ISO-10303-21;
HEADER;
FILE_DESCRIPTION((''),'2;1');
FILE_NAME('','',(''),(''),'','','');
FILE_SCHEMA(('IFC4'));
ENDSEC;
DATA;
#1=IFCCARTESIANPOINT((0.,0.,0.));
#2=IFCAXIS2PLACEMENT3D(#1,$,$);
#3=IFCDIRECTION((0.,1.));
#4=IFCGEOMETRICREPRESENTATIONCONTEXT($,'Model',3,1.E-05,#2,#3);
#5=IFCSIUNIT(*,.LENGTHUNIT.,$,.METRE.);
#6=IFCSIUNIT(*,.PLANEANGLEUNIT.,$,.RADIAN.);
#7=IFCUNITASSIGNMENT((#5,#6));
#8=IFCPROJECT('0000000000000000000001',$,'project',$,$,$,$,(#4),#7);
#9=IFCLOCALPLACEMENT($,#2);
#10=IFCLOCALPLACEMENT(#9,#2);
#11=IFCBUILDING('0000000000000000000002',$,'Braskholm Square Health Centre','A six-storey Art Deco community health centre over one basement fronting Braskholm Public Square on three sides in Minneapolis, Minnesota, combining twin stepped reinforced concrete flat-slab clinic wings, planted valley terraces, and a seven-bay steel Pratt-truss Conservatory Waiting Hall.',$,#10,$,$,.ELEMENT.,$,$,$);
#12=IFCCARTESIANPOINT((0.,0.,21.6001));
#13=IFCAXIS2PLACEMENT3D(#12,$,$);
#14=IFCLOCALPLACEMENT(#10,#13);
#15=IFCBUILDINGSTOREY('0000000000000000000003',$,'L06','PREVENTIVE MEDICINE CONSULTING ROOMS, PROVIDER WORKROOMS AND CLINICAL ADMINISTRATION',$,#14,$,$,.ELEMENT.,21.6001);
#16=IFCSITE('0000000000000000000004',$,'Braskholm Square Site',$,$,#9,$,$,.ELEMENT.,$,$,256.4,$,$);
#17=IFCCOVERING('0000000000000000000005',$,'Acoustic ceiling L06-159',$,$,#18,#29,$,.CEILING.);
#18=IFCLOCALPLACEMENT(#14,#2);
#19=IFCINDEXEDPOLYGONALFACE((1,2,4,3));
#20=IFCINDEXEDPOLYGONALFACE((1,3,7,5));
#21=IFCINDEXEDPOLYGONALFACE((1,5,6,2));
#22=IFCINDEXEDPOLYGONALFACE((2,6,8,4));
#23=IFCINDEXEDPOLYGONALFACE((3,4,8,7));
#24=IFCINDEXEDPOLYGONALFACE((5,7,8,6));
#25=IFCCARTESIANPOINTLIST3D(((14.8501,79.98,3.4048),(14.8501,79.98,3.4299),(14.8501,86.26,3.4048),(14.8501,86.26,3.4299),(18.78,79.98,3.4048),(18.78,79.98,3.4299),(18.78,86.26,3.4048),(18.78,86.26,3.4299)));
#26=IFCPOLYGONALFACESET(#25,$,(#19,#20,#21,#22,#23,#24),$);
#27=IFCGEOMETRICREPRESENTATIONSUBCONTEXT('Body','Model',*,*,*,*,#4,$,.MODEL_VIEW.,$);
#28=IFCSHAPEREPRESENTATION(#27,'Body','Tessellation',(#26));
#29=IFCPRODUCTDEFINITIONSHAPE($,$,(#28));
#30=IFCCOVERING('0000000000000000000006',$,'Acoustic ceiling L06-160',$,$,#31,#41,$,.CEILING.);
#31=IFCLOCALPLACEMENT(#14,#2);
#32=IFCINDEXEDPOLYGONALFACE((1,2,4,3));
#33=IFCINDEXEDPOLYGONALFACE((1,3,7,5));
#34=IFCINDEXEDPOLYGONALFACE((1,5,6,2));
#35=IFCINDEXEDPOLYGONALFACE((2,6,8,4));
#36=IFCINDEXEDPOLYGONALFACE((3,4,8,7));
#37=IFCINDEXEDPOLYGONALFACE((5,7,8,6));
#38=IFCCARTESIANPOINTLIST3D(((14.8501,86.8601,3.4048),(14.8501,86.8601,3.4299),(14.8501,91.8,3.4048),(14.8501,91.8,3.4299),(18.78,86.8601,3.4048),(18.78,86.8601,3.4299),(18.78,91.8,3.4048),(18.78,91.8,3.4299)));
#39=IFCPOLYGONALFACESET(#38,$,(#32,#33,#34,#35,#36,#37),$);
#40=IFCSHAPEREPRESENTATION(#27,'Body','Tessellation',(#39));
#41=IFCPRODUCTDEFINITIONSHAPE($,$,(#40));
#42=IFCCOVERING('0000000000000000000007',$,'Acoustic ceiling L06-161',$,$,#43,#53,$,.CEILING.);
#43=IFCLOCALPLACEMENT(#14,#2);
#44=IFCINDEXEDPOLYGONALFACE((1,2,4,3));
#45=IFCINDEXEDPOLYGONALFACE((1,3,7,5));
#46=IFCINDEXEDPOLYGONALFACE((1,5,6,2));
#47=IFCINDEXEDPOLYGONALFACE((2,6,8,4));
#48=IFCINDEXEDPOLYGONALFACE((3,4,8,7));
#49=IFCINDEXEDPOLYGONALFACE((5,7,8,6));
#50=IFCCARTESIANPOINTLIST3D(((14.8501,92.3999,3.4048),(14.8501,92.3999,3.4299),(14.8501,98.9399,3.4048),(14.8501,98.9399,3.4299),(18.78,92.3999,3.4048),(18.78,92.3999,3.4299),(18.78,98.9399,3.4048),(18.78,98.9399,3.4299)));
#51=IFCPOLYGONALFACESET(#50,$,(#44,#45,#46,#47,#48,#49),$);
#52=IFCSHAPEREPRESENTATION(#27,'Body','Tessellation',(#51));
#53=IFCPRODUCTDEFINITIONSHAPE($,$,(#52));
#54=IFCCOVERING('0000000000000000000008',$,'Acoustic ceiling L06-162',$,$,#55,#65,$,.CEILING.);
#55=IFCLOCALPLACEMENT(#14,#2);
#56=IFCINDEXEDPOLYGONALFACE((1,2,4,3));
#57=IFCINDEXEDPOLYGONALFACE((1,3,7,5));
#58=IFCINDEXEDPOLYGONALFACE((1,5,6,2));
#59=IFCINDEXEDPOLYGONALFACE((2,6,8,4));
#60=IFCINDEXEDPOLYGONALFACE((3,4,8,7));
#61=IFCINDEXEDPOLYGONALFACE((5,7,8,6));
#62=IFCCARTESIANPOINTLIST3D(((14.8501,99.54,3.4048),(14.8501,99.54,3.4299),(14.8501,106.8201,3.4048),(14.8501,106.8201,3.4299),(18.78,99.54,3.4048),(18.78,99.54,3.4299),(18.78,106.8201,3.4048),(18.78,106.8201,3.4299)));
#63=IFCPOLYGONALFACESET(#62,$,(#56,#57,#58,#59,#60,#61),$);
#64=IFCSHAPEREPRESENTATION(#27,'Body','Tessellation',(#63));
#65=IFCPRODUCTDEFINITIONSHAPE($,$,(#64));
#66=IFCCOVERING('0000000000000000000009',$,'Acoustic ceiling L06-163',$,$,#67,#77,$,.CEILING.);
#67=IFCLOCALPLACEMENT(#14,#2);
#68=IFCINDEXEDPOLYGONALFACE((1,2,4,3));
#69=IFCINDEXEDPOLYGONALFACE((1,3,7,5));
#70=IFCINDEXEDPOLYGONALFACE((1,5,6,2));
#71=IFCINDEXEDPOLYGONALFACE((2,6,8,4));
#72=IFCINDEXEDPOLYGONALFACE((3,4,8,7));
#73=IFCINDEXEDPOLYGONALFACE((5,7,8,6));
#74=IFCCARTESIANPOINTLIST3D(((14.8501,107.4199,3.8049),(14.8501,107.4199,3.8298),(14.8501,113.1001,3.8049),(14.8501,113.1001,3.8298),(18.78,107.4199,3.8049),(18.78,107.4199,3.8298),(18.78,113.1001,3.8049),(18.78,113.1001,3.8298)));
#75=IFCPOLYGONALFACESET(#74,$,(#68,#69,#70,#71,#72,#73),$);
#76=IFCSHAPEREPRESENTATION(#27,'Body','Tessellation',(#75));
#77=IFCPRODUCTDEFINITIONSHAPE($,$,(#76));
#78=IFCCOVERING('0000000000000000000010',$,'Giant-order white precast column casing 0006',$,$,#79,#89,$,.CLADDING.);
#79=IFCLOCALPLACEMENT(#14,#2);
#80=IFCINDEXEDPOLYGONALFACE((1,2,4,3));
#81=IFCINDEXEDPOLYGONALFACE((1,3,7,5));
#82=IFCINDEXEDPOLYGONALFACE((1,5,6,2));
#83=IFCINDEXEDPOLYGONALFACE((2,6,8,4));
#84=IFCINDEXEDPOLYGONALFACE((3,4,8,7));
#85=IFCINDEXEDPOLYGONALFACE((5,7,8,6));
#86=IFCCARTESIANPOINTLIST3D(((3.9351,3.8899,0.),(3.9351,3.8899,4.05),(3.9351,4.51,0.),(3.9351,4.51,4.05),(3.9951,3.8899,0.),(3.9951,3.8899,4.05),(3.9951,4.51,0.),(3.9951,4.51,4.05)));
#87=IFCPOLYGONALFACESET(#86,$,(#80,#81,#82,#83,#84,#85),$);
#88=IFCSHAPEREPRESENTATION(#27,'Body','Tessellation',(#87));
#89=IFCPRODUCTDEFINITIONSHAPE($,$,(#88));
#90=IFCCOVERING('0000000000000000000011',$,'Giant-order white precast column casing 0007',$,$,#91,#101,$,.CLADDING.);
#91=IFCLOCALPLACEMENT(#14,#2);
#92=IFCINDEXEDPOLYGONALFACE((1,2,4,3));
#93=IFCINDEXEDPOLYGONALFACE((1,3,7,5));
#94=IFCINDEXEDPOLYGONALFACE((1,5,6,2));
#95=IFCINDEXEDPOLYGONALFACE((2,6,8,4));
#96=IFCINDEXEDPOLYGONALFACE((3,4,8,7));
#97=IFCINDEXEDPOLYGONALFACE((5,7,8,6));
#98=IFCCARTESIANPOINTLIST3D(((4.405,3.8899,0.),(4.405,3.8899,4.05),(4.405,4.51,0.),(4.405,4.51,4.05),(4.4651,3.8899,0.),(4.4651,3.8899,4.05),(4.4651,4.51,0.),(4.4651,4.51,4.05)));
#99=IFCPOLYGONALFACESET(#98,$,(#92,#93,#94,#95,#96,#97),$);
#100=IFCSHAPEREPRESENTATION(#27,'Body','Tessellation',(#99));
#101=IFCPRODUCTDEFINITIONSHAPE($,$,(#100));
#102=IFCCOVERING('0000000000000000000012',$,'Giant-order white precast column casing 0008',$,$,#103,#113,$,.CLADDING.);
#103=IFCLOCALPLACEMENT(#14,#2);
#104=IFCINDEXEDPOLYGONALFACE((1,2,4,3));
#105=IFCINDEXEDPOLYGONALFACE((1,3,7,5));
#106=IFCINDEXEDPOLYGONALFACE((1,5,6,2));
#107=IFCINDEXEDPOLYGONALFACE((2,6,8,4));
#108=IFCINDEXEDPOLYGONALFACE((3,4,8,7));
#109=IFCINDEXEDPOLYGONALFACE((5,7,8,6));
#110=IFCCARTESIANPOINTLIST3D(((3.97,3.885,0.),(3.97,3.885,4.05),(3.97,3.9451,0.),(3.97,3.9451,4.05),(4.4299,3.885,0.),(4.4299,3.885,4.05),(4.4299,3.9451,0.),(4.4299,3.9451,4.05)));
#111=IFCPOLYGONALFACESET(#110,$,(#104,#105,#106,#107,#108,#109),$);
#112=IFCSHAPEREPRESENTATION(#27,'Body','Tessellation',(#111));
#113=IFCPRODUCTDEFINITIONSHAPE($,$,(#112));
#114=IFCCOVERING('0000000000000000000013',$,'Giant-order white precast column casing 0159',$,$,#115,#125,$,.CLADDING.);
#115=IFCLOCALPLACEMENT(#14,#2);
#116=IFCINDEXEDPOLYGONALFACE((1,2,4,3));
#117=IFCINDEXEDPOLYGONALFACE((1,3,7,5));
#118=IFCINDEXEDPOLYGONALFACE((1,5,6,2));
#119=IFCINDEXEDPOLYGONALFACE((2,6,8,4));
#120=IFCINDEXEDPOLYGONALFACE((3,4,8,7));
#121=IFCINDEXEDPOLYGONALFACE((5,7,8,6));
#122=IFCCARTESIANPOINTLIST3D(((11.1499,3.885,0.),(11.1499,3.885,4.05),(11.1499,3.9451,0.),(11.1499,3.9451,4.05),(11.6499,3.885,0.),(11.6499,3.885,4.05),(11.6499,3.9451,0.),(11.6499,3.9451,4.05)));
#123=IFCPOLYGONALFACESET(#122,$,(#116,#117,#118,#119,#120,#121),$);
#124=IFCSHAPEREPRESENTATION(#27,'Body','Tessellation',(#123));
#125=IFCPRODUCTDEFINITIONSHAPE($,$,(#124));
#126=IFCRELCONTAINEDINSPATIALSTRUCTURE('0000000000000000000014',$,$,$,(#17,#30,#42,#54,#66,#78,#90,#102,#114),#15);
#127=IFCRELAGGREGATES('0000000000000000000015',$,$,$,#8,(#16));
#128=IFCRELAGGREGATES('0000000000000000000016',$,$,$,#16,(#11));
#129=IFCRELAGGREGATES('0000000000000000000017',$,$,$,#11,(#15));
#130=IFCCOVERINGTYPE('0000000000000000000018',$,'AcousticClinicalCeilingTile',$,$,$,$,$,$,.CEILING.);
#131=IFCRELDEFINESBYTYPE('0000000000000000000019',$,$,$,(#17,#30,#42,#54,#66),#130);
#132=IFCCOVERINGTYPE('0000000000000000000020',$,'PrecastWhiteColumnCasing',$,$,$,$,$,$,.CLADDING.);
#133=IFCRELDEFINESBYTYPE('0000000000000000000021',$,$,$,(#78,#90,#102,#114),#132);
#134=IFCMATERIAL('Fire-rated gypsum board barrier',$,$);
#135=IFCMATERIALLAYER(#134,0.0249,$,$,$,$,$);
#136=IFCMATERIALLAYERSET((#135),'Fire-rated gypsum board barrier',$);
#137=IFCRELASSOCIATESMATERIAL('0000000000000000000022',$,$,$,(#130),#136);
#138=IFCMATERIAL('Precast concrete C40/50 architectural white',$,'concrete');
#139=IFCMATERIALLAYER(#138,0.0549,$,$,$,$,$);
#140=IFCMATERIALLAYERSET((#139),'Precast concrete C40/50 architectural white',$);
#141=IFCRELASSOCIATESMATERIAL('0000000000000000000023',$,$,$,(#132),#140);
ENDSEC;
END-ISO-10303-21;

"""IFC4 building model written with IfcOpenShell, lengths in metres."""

from ifc_helpers import new_model, si_unit, direction, frame, origin, origin_2d, place, context, subcontext, project, spatial, polyline, rectangle, outline, extrude, material, layer, layer_set, type_object, element, save


model = new_model("IFC4")

# Units and contexts
model_context = context("Model", 3, precision=1e-05, world=origin(), true_north=direction((0.0, 1.0)))
body_context = subcontext(model_context, "Body", "Model", "MODEL_VIEW")
ifc_project = project(units=[si_unit("LENGTHUNIT", "METRE"), si_unit("PLANEANGLEUNIT", "RADIAN")], contexts=[model_context])

# Site, building, storey
site_placement = place(None, origin())
site = spatial("IfcSite", under=ifc_project, at=site_placement, Name="Braskholm Square Site", CompositionType="ELEMENT", RefElevation=256.4)
building_placement = place(site_placement, origin())
building = spatial("IfcBuilding", under=site, at=building_placement, Name="Braskholm Square Health Centre", Description="A six-storey Art Deco community health centre over one basement fronting Braskholm Public Square on three sides in Minneapolis, Minnesota, combining twin stepped reinforced concrete flat-slab clinic wings, planted valley terraces, and a seven-bay steel Pratt-truss Conservatory Waiting Hall.", CompositionType="ELEMENT")
storey_placement = place(building_placement, frame((0.0, 0.0, 21.6001)))
storey = spatial("IfcBuildingStorey", under=building, at=storey_placement, Name="L06", Description="PREVENTIVE MEDICINE CONSULTING ROOMS, PROVIDER WORKROOMS AND CLINICAL ADMINISTRATION", CompositionType="ELEMENT", Elevation=21.6001)

# Shared definitions
ifc_material_1 = material(Name="Precast concrete C40/50 architectural white", Category="concrete")

# Coverings
ifc_material_2 = material(Name="Fire-rated gypsum board barrier")
ifc_layer_1 = layer(ifc_material_2, 0.0249)
ifc_layer_set_1 = layer_set([ifc_layer_1], Name="Fire-rated gypsum board barrier")
covering_type_1 = type_object("IfcCoveringType", Name="AcousticClinicalCeilingTile", PredefinedType="CEILING", material=ifc_layer_set_1)
covering_1_placement = place(storey_placement, frame((0.0, 0.0, 3.4048)))
element("IfcCovering", 1, at=covering_1_placement, inside=storey, type_object=covering_type_1, Name="Acoustic ceiling L06-159", PredefinedType="CEILING", context=body_context, shape_type="SweptSolid", body=[
    extrude(outline(polyline([(14.8501, 79.98), (18.78, 79.98), (18.78, 86.26), (14.8501, 86.26), (14.8501, 79.98)])), origin(), (0.0, 0.0, 1.0), 0.0251),
])
covering_2_placement = place(storey_placement, frame((0.0, 0.0, 3.4048)))
element("IfcCovering", 2, at=covering_2_placement, inside=storey, type_object=covering_type_1, Name="Acoustic ceiling L06-160", PredefinedType="CEILING", context=body_context, shape_type="SweptSolid", body=[
    extrude(outline(polyline([(14.8501, 86.8601), (18.78, 86.8601), (18.78, 91.8), (14.8501, 91.8), (14.8501, 86.8601)])), origin(), (0.0, 0.0, 1.0), 0.0251),
])
covering_3_placement = place(storey_placement, frame((0.0, 0.0, 3.4048)))
element("IfcCovering", 3, at=covering_3_placement, inside=storey, type_object=covering_type_1, Name="Acoustic ceiling L06-161", PredefinedType="CEILING", context=body_context, shape_type="SweptSolid", body=[
    extrude(outline(polyline([(14.8501, 92.3999), (18.78, 92.3999), (18.78, 98.9399), (14.8501, 98.9399), (14.8501, 92.3999)])), origin(), (0.0, 0.0, 1.0), 0.0251),
])
covering_4_placement = place(storey_placement, frame((0.0, 0.0, 3.4048)))
element("IfcCovering", 4, at=covering_4_placement, inside=storey, type_object=covering_type_1, Name="Acoustic ceiling L06-162", PredefinedType="CEILING", context=body_context, shape_type="SweptSolid", body=[
    extrude(outline(polyline([(14.8501, 99.54), (18.78, 99.54), (18.78, 106.8201), (14.8501, 106.8201), (14.8501, 99.54)])), origin(), (0.0, 0.0, 1.0), 0.0251),
])
covering_5_placement = place(storey_placement, frame((0.0, 0.0, 3.8049)))
element("IfcCovering", 5, at=covering_5_placement, inside=storey, type_object=covering_type_1, Name="Acoustic ceiling L06-163", PredefinedType="CEILING", context=body_context, shape_type="SweptSolid", body=[
    extrude(outline(polyline([(14.8501, 107.4199), (18.78, 107.4199), (18.78, 113.1001), (14.8501, 113.1001), (14.8501, 107.4199)])), origin(), (0.0, 0.0, 1.0), 0.0249),
])
ifc_layer_2 = layer(ifc_material_1, 0.0549)
ifc_layer_set_2 = layer_set([ifc_layer_2], Name="Precast concrete C40/50 architectural white")
covering_type_2 = type_object("IfcCoveringType", Name="PrecastWhiteColumnCasing", PredefinedType="CLADDING", material=ifc_layer_set_2)
for number, where, z_axis, x_axis, name in (
    (6, (3.9651, 4.2, 0.0), (0.0, 0.0, 1.0), (1.0, 0.0, 0.0), "Giant-order white precast column casing 0006"),
    (7, (4.4351, 4.2, 0.0), (0.0, 0.0, 1.0), (1.0, 0.0, 0.0), "Giant-order white precast column casing 0007"),
):
    element("IfcCovering", number, at=place(storey_placement, frame(where, z_axis=z_axis, x_axis=x_axis)), inside=storey, type_object=covering_type_2, Name=name, PredefinedType="CLADDING", context=body_context, shape_type="SweptSolid", body=[
        extrude(rectangle(XDim=0.0601, YDim=0.6201, at=origin_2d()), origin(), (0.0, 0.0, 1.0), 4.05),
    ])
covering_6_placement = place(storey_placement, frame((4.2, 3.915, 0.0), z_axis=(0.0, 0.0, 1.0), x_axis=(1.0, 0.0, 0.0)))
element("IfcCovering", 8, at=covering_6_placement, inside=storey, type_object=covering_type_2, Name="Giant-order white precast column casing 0008", PredefinedType="CLADDING", context=body_context, shape_type="SweptSolid", body=[
    extrude(rectangle(XDim=0.46, YDim=0.0601, at=origin_2d()), origin(), (0.0, 0.0, 1.0), 4.05),
])
covering_7_placement = place(storey_placement, frame((11.3999, 3.915, 0.0), z_axis=(0.0, 0.0, 1.0), x_axis=(1.0, 0.0, 0.0)))
element("IfcCovering", 9, at=covering_7_placement, inside=storey, type_object=covering_type_2, Name="Giant-order white precast column casing 0159", PredefinedType="CLADDING", context=body_context, shape_type="SweptSolid", body=[
    extrude(rectangle(XDim=0.5, YDim=0.0601, at=origin_2d()), origin(), (0.0, 0.0, 1.0), 4.05),
])

save(model, "model.ifc")
